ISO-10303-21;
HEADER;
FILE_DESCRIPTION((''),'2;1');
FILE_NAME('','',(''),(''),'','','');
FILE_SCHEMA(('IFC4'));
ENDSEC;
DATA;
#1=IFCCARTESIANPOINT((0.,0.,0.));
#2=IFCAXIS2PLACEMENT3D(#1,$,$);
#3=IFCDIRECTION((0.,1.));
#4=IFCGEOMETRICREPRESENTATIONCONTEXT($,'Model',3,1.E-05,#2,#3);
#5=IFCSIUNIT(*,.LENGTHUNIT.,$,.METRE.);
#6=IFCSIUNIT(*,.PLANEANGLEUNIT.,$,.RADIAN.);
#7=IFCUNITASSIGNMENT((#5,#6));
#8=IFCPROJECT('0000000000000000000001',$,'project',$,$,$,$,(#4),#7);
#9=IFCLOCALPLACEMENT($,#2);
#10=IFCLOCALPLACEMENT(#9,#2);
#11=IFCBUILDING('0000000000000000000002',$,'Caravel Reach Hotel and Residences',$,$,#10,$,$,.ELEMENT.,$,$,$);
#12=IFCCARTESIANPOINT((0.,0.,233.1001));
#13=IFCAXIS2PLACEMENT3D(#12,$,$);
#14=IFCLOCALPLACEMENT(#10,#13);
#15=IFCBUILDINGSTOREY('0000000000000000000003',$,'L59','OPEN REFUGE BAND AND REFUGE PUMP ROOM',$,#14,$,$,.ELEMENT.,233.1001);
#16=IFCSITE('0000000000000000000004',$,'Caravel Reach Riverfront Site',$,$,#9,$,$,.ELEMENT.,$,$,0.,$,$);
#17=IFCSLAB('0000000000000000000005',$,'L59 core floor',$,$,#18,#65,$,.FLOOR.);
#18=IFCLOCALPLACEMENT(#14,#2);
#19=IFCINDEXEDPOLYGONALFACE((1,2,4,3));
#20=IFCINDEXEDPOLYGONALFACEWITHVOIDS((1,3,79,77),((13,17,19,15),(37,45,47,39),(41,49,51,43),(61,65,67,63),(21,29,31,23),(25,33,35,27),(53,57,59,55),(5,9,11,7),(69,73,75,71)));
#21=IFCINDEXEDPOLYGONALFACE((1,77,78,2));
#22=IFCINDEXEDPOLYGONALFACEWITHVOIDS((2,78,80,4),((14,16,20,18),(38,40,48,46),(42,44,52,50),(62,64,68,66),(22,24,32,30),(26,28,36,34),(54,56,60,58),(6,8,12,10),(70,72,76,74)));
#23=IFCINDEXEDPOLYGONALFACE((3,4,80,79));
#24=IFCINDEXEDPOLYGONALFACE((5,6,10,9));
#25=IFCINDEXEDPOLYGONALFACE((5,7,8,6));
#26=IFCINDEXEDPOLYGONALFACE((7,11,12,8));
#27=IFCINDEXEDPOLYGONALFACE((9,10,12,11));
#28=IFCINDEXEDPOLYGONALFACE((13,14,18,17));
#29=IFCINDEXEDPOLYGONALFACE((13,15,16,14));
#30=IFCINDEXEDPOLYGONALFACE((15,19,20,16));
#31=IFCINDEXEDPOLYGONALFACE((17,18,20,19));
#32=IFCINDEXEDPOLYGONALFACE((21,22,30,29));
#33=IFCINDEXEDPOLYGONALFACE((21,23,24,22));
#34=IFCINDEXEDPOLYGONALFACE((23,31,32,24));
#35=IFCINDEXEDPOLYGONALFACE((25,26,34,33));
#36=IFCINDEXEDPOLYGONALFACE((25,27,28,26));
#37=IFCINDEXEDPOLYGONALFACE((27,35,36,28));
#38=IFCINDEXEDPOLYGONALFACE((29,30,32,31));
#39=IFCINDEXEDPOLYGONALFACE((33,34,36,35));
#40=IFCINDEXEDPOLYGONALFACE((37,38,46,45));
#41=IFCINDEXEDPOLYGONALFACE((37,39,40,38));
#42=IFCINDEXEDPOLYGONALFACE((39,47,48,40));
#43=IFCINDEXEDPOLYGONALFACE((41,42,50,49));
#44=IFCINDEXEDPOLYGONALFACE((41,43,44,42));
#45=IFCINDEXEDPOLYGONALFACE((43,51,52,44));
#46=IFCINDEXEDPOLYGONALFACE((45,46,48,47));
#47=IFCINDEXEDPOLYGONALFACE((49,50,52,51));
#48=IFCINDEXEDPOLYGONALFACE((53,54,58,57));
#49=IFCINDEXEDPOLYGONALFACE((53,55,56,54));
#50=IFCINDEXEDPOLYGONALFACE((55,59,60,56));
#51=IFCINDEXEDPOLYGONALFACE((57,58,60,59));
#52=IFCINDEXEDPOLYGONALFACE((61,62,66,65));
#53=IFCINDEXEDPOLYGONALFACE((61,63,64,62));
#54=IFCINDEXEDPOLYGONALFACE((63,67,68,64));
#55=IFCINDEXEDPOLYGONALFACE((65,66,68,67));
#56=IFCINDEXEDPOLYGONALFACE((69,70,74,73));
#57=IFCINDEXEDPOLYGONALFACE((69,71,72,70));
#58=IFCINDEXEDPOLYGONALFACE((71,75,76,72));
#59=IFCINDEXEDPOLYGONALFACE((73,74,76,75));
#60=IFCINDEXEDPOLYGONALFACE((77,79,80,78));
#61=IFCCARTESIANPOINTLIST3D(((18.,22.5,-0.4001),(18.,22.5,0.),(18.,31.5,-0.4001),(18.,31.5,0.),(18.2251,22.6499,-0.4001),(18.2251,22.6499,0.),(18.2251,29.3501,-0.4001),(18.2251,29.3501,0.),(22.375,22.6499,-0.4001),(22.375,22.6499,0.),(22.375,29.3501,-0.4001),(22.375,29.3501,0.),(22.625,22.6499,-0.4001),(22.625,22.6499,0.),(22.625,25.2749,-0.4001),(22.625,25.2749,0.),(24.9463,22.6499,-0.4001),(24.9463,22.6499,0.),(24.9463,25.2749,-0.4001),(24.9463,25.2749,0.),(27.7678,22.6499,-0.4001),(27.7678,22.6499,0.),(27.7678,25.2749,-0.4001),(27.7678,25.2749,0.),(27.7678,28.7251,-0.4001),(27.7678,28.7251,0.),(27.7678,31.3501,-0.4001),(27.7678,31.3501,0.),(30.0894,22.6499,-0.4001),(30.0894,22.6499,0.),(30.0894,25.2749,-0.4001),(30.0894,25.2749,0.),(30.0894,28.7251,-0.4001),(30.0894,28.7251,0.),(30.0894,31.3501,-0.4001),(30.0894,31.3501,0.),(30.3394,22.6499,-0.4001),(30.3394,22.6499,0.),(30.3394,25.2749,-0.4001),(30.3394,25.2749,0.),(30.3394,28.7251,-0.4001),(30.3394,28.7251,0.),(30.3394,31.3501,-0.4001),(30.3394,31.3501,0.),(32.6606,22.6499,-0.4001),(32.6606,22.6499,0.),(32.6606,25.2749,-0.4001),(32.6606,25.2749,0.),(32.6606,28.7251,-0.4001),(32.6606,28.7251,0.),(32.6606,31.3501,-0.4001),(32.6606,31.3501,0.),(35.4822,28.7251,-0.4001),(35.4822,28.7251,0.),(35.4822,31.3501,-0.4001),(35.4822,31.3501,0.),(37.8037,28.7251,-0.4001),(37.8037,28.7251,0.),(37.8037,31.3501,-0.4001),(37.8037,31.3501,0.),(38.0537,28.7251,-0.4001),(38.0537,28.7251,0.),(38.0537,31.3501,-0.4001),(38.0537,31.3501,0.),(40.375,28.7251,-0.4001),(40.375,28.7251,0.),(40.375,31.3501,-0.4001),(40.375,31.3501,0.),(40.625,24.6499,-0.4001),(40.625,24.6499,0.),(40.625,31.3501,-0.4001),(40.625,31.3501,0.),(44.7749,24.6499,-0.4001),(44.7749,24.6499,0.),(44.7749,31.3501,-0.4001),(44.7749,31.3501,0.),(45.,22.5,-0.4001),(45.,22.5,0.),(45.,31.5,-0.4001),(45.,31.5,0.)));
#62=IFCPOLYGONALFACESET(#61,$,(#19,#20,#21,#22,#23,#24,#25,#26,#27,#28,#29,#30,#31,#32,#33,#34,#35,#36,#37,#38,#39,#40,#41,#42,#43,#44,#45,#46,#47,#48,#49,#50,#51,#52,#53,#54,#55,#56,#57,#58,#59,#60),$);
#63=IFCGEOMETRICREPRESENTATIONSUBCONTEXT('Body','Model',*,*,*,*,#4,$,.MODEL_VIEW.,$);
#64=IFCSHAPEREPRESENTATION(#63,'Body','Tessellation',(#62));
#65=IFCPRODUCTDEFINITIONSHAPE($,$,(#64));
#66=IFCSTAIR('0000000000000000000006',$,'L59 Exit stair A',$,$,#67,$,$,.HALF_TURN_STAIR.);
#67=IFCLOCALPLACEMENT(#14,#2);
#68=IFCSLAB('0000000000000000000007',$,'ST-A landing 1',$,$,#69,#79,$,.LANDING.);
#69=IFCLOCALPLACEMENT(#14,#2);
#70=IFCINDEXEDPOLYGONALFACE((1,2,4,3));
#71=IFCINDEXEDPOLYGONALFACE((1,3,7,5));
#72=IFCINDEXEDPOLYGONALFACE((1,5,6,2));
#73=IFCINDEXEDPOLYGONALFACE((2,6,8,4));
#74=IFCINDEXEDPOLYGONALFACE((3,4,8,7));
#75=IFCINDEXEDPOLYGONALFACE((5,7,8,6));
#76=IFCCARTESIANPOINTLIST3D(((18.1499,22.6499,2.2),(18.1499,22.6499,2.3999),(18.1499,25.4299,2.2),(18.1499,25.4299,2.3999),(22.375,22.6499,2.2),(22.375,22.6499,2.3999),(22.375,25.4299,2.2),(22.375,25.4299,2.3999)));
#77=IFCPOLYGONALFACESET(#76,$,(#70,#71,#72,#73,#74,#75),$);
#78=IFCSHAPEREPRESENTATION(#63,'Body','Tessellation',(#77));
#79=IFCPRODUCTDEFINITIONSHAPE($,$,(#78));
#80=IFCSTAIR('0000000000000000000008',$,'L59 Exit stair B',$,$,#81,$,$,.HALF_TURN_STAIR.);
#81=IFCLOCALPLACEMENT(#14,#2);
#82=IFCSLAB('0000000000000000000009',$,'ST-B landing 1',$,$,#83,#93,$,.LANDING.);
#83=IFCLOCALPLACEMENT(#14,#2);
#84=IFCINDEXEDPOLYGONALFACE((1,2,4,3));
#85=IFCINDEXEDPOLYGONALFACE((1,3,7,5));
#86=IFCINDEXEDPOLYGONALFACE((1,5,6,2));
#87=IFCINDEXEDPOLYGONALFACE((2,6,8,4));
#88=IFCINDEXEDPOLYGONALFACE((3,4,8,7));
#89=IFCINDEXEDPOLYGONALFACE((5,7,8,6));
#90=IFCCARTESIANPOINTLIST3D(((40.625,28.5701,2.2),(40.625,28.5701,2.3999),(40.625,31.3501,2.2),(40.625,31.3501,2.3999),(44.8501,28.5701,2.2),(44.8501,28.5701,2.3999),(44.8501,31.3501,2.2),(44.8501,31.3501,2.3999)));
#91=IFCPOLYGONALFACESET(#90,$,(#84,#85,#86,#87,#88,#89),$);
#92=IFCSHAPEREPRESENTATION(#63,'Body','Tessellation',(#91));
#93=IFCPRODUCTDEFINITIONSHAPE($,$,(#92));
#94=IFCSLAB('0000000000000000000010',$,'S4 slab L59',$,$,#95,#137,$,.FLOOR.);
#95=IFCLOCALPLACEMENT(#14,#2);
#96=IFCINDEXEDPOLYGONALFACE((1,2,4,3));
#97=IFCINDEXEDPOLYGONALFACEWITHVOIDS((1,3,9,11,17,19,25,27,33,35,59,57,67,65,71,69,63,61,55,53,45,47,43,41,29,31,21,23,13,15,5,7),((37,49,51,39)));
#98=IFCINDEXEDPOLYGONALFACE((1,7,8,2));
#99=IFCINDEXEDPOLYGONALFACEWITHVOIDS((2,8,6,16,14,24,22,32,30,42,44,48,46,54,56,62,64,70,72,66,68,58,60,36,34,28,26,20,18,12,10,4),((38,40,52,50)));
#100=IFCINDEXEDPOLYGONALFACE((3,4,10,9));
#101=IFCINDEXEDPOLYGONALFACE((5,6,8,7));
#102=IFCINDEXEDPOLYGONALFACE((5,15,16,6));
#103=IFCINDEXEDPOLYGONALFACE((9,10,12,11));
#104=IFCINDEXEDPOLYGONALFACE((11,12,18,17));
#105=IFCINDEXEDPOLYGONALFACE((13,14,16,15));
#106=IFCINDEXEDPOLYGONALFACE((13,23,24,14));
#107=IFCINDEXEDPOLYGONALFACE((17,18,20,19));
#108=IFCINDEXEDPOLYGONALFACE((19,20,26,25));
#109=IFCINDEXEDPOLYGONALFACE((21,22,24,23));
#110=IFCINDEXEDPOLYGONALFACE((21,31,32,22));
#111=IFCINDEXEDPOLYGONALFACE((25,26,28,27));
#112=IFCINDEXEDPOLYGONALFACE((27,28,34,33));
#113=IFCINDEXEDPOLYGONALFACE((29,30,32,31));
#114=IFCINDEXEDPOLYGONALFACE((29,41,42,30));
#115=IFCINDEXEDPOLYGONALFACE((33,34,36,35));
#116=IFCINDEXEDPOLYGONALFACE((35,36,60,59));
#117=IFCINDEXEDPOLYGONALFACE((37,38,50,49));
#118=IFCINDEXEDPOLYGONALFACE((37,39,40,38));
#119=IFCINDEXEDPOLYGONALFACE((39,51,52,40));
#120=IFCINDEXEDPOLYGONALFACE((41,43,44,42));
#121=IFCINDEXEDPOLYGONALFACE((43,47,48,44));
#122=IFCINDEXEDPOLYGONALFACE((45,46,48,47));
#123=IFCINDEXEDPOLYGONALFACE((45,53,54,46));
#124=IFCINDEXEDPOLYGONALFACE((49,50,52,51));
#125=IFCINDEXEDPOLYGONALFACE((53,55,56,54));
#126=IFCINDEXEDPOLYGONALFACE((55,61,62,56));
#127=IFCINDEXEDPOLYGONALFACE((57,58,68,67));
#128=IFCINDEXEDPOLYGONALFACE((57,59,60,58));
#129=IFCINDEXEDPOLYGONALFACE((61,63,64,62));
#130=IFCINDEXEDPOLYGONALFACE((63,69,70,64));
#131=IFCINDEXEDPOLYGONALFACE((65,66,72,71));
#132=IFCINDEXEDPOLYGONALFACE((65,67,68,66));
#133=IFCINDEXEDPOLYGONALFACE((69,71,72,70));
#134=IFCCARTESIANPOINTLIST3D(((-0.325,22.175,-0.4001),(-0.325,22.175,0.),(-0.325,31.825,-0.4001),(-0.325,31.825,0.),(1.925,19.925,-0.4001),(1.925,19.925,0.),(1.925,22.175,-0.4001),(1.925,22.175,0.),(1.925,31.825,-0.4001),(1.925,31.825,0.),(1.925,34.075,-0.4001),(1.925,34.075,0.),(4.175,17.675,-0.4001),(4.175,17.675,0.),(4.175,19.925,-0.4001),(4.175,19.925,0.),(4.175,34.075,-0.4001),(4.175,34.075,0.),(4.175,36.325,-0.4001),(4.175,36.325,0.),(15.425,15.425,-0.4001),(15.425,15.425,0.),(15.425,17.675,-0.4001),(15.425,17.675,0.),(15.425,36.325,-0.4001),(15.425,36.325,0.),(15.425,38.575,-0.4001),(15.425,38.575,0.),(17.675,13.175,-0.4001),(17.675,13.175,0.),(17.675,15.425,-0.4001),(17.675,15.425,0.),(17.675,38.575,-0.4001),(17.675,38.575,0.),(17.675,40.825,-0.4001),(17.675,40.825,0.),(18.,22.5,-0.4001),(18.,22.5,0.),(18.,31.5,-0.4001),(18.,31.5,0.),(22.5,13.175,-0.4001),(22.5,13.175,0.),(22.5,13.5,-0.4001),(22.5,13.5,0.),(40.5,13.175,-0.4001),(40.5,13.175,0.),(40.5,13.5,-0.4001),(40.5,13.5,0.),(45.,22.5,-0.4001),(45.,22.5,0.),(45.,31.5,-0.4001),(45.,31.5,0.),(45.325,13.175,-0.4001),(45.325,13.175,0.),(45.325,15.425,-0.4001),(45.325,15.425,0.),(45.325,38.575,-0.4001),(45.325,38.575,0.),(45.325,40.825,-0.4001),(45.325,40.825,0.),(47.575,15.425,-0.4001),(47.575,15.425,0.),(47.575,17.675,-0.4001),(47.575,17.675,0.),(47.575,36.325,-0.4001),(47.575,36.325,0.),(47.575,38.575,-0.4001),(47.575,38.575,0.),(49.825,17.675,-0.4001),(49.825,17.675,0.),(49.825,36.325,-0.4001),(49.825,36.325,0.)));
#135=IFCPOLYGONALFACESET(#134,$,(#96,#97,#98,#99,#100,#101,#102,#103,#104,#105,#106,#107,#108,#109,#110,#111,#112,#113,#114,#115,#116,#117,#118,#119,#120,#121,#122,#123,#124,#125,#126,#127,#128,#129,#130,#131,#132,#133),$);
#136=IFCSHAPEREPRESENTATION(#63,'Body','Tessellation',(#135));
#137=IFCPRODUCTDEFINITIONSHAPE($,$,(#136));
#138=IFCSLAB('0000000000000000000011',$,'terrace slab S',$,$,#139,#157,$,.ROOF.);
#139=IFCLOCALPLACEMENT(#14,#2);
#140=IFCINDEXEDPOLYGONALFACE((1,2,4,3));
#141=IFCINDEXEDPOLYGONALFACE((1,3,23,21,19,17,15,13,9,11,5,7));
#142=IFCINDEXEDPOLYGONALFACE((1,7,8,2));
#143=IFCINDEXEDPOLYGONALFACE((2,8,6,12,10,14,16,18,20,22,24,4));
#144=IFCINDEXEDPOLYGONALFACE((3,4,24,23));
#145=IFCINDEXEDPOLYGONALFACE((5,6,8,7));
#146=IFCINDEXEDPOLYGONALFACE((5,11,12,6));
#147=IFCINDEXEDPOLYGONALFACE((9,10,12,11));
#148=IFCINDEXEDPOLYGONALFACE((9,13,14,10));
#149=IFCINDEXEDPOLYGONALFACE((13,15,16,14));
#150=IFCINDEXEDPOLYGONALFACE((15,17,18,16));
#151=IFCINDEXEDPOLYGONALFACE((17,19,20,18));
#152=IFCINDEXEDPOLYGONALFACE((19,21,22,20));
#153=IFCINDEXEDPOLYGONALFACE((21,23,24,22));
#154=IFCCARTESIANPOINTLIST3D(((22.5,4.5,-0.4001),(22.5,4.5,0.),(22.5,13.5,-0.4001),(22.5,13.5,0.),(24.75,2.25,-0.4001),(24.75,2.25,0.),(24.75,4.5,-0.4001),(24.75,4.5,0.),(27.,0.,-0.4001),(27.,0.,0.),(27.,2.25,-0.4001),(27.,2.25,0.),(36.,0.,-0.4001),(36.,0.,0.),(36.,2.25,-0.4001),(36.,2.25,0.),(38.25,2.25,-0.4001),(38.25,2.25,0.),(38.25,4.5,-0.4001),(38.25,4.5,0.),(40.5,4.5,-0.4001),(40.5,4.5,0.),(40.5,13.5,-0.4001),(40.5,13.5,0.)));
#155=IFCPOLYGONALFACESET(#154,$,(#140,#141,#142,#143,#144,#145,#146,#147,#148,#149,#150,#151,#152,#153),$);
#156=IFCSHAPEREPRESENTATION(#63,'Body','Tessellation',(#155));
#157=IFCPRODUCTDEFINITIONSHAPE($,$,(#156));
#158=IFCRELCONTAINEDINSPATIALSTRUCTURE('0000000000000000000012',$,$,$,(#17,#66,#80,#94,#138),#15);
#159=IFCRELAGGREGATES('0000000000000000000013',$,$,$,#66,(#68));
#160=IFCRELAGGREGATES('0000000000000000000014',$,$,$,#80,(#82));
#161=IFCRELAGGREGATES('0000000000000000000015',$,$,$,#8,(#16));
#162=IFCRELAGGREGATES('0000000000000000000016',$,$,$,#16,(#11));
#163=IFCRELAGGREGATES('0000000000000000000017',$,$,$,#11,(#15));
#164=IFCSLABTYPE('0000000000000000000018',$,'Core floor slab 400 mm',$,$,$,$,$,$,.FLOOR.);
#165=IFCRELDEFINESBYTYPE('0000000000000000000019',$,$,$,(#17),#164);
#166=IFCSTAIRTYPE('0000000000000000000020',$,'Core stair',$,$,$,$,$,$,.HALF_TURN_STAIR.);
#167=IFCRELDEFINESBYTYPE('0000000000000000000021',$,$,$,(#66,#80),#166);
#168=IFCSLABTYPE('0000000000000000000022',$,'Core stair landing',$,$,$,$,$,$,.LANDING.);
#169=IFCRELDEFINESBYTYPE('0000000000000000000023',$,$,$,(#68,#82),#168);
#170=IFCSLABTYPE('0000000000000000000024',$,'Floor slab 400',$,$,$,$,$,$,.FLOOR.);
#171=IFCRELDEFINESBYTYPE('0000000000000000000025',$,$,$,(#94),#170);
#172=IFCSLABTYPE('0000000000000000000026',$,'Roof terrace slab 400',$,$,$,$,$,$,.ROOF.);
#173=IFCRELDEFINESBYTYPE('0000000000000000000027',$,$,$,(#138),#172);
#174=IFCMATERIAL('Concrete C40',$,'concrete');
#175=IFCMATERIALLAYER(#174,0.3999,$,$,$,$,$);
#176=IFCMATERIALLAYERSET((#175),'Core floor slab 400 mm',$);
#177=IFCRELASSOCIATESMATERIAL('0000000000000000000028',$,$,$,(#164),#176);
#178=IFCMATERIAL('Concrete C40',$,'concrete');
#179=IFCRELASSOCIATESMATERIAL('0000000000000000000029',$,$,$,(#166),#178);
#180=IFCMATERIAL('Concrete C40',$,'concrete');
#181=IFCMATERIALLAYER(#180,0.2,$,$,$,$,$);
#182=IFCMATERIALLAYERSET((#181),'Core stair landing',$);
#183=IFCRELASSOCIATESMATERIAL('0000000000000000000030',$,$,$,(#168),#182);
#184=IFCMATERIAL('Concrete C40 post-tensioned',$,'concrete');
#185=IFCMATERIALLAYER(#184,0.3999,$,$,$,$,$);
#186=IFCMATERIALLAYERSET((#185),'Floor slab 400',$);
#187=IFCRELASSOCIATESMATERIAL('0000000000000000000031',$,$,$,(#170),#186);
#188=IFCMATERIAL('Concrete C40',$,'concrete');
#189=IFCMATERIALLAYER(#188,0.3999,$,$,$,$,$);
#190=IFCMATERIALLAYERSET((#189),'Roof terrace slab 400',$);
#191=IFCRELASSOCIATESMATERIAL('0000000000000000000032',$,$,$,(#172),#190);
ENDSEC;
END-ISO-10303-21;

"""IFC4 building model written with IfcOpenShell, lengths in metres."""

from ifc_helpers import new_model, si_unit, direction, frame, origin, place, context, subcontext, project, spatial, polyline, outline, extrude, material, layer, layer_set, type_object, element, aggregate, save


model = new_model("IFC4")

# Units and contexts
model_context = context("Model", 3, precision=1e-05, world=origin(), true_north=direction((0.0, 1.0)))
body_context = subcontext(model_context, "Body", "Model", "MODEL_VIEW")
ifc_project = project(units=[si_unit("LENGTHUNIT", "METRE"), si_unit("PLANEANGLEUNIT", "RADIAN")], contexts=[model_context])

# Site, building, storey
site_placement = place(None, origin())
site = spatial("IfcSite", under=ifc_project, at=site_placement, Name="Caravel Reach Riverfront Site", CompositionType="ELEMENT", RefElevation=0.0)
building_placement = place(site_placement, origin())
building = spatial("IfcBuilding", under=site, at=building_placement, Name="Caravel Reach Hotel and Residences", CompositionType="ELEMENT")
storey_placement = place(building_placement, frame((0.0, 0.0, 233.1001)))
storey = spatial("IfcBuildingStorey", under=building, at=storey_placement, Name="L59", Description="OPEN REFUGE BAND AND REFUGE PUMP ROOM", CompositionType="ELEMENT", Elevation=233.1001)

# Slab
ifc_material_1 = material(Name="Concrete C40", Category="concrete")
ifc_layer_1 = layer(ifc_material_1, 0.3999)
ifc_layer_set_1 = layer_set([ifc_layer_1], Name="Core floor slab 400 mm")
slab_type_1 = type_object("IfcSlabType", Name="Core floor slab 400 mm", PredefinedType="FLOOR", material=ifc_layer_set_1)
slab_1_placement = place(storey_placement, frame((0.0, 0.0, -0.4001)))
element("IfcSlab", 1, at=slab_1_placement, inside=storey, type_object=slab_type_1, Name="L59 core floor", PredefinedType="FLOOR", context=body_context, shape_type="SweptSolid", body=[
    extrude(outline(polyline([(18.0, 31.5), (45.0, 31.5), (45.0, 22.5), (18.0, 22.5), (18.0, 31.5)]), holes=[polyline([(22.625, 25.2749), (22.625, 22.6499), (24.9463, 22.6499), (24.9463, 25.2749), (22.625, 25.2749)]), polyline([(27.7678, 25.2749), (27.7678, 22.6499), (30.0894, 22.6499), (30.0894, 25.2749), (27.7678, 25.2749)]), polyline([(30.3394, 25.2749), (30.3394, 22.6499), (32.6606, 22.6499), (32.6606, 25.2749), (30.3394, 25.2749)]), polyline([(22.375, 22.6499), (22.375, 29.3501), (18.2251, 29.3501), (18.2251, 22.6499), (22.375, 22.6499)]), polyline([(40.625, 31.3501), (40.625, 24.6499), (44.7749, 24.6499), (44.7749, 31.3501), (40.625, 31.3501)]), polyline([(27.7678, 31.3501), (27.7678, 28.7251), (30.0894, 28.7251), (30.0894, 31.3501), (27.7678, 31.3501)]), polyline([(30.3394, 31.3501), (30.3394, 28.7251), (32.6606, 28.7251), (32.6606, 31.3501), (30.3394, 31.3501)]), polyline([(37.8037, 31.3501), (35.4822, 31.3501), (35.4822, 28.7251), (37.8037, 28.7251), (37.8037, 31.3501)]), polyline([(40.375, 31.3501), (38.0537, 31.3501), (38.0537, 28.7251), (40.375, 28.7251), (40.375, 31.3501)])]), origin(), (0.0, 0.0, 1.0), 0.4001),
])

# Stairs, slabs
ifc_material_2 = material(Name="Concrete C40", Category="concrete")
stair_type = type_object("IfcStairType", Name="Core stair", PredefinedType="HALF_TURN_STAIR", material=ifc_material_2)
stair_1_placement = place(storey_placement, origin())
stair_1 = element("IfcStair", 2, at=stair_1_placement, inside=storey, type_object=stair_type, Name="L59 Exit stair A", PredefinedType="HALF_TURN_STAIR")
ifc_material_3 = material(Name="Concrete C40", Category="concrete")
ifc_layer_2 = layer(ifc_material_3, 0.2)
ifc_layer_set_2 = layer_set([ifc_layer_2], Name="Core stair landing")
slab_type_2 = type_object("IfcSlabType", Name="Core stair landing", PredefinedType="LANDING", material=ifc_layer_set_2)
slab_2_placement = place(storey_placement, frame((0.0, 0.0, 2.2)))
slab_2 = element("IfcSlab", 3, at=slab_2_placement, type_object=slab_type_2, Name="ST-A landing 1", PredefinedType="LANDING", context=body_context, shape_type="SweptSolid", body=[
    extrude(outline(polyline([(18.1499, 25.4299), (18.1499, 22.6499), (22.375, 22.6499), (22.375, 25.4299), (18.1499, 25.4299)])), origin(), (0.0, 0.0, 1.0), 0.2),
])
aggregate(stair_1, [slab_2])
stair_2_placement = place(storey_placement, origin())
stair_2 = element("IfcStair", 4, at=stair_2_placement, inside=storey, type_object=stair_type, Name="L59 Exit stair B", PredefinedType="HALF_TURN_STAIR")
slab_3_placement = place(storey_placement, frame((0.0, 0.0, 2.2)))
slab_3 = element("IfcSlab", 5, at=slab_3_placement, type_object=slab_type_2, Name="ST-B landing 1", PredefinedType="LANDING", context=body_context, shape_type="SweptSolid", body=[
    extrude(outline(polyline([(44.8501, 28.5701), (44.8501, 31.3501), (40.625, 31.3501), (40.625, 28.5701), (44.8501, 28.5701)])), origin(), (0.0, 0.0, 1.0), 0.2),
])
aggregate(stair_2, [slab_3])

# Slabs
ifc_material_4 = material(Name="Concrete C40 post-tensioned", Category="concrete")
ifc_layer_3 = layer(ifc_material_4, 0.3999)
ifc_layer_set_3 = layer_set([ifc_layer_3], Name="Floor slab 400")
slab_type_3 = type_object("IfcSlabType", Name="Floor slab 400", PredefinedType="FLOOR", material=ifc_layer_set_3)
slab_4_placement = place(storey_placement, frame((0.0, 0.0, -0.4001)))
element("IfcSlab", 6, at=slab_4_placement, inside=storey, type_object=slab_type_3, Name="S4 slab L59", PredefinedType="FLOOR", context=body_context, shape_type="SweptSolid", body=[
    extrude(outline(polyline([(22.5, 13.175), (17.675, 13.175), (17.675, 15.425), (15.425, 15.425), (15.425, 17.675), (4.175, 17.675), (4.175, 19.925), (1.925, 19.925), (1.925, 22.175), (-0.325, 22.175), (-0.325, 31.825), (1.925, 31.825), (1.925, 34.075), (4.175, 34.075), (4.175, 36.325), (15.425, 36.325), (15.425, 38.575), (17.675, 38.575), (17.675, 40.825), (45.325, 40.825), (45.325, 38.575), (47.575, 38.575), (47.575, 36.325), (49.825, 36.325), (49.825, 17.675), (47.575, 17.675), (47.575, 15.425), (45.325, 15.425), (45.325, 13.175), (40.5, 13.175), (40.5, 13.5), (22.5, 13.5), (22.5, 13.175)]), holes=[polyline([(45.0, 31.5), (18.0, 31.5), (18.0, 22.5), (45.0, 22.5), (45.0, 31.5)])]), origin(), (0.0, 0.0, 1.0), 0.4001),
])
ifc_material_5 = material(Name="Concrete C40", Category="concrete")
ifc_layer_4 = layer(ifc_material_5, 0.3999)
ifc_layer_set_4 = layer_set([ifc_layer_4], Name="Roof terrace slab 400")
slab_type_4 = type_object("IfcSlabType", Name="Roof terrace slab 400", PredefinedType="ROOF", material=ifc_layer_set_4)
slab_5_placement = place(storey_placement, frame((0.0, 0.0, -0.4001)))
element("IfcSlab", 7, at=slab_5_placement, inside=storey, type_object=slab_type_4, Name="terrace slab S", PredefinedType="ROOF", context=body_context, shape_type="SweptSolid", body=[
    extrude(outline(polyline([(40.5, 4.5), (38.25, 4.5), (38.25, 2.25), (36.0, 2.25), (36.0, 0.0), (27.0, 0.0), (27.0, 2.25), (24.75, 2.25), (24.75, 4.5), (22.5, 4.5), (22.5, 13.5), (40.5, 13.5), (40.5, 4.5)])), origin(), (0.0, 0.0, 1.0), 0.4001),
])

save(model, "model.ifc")
